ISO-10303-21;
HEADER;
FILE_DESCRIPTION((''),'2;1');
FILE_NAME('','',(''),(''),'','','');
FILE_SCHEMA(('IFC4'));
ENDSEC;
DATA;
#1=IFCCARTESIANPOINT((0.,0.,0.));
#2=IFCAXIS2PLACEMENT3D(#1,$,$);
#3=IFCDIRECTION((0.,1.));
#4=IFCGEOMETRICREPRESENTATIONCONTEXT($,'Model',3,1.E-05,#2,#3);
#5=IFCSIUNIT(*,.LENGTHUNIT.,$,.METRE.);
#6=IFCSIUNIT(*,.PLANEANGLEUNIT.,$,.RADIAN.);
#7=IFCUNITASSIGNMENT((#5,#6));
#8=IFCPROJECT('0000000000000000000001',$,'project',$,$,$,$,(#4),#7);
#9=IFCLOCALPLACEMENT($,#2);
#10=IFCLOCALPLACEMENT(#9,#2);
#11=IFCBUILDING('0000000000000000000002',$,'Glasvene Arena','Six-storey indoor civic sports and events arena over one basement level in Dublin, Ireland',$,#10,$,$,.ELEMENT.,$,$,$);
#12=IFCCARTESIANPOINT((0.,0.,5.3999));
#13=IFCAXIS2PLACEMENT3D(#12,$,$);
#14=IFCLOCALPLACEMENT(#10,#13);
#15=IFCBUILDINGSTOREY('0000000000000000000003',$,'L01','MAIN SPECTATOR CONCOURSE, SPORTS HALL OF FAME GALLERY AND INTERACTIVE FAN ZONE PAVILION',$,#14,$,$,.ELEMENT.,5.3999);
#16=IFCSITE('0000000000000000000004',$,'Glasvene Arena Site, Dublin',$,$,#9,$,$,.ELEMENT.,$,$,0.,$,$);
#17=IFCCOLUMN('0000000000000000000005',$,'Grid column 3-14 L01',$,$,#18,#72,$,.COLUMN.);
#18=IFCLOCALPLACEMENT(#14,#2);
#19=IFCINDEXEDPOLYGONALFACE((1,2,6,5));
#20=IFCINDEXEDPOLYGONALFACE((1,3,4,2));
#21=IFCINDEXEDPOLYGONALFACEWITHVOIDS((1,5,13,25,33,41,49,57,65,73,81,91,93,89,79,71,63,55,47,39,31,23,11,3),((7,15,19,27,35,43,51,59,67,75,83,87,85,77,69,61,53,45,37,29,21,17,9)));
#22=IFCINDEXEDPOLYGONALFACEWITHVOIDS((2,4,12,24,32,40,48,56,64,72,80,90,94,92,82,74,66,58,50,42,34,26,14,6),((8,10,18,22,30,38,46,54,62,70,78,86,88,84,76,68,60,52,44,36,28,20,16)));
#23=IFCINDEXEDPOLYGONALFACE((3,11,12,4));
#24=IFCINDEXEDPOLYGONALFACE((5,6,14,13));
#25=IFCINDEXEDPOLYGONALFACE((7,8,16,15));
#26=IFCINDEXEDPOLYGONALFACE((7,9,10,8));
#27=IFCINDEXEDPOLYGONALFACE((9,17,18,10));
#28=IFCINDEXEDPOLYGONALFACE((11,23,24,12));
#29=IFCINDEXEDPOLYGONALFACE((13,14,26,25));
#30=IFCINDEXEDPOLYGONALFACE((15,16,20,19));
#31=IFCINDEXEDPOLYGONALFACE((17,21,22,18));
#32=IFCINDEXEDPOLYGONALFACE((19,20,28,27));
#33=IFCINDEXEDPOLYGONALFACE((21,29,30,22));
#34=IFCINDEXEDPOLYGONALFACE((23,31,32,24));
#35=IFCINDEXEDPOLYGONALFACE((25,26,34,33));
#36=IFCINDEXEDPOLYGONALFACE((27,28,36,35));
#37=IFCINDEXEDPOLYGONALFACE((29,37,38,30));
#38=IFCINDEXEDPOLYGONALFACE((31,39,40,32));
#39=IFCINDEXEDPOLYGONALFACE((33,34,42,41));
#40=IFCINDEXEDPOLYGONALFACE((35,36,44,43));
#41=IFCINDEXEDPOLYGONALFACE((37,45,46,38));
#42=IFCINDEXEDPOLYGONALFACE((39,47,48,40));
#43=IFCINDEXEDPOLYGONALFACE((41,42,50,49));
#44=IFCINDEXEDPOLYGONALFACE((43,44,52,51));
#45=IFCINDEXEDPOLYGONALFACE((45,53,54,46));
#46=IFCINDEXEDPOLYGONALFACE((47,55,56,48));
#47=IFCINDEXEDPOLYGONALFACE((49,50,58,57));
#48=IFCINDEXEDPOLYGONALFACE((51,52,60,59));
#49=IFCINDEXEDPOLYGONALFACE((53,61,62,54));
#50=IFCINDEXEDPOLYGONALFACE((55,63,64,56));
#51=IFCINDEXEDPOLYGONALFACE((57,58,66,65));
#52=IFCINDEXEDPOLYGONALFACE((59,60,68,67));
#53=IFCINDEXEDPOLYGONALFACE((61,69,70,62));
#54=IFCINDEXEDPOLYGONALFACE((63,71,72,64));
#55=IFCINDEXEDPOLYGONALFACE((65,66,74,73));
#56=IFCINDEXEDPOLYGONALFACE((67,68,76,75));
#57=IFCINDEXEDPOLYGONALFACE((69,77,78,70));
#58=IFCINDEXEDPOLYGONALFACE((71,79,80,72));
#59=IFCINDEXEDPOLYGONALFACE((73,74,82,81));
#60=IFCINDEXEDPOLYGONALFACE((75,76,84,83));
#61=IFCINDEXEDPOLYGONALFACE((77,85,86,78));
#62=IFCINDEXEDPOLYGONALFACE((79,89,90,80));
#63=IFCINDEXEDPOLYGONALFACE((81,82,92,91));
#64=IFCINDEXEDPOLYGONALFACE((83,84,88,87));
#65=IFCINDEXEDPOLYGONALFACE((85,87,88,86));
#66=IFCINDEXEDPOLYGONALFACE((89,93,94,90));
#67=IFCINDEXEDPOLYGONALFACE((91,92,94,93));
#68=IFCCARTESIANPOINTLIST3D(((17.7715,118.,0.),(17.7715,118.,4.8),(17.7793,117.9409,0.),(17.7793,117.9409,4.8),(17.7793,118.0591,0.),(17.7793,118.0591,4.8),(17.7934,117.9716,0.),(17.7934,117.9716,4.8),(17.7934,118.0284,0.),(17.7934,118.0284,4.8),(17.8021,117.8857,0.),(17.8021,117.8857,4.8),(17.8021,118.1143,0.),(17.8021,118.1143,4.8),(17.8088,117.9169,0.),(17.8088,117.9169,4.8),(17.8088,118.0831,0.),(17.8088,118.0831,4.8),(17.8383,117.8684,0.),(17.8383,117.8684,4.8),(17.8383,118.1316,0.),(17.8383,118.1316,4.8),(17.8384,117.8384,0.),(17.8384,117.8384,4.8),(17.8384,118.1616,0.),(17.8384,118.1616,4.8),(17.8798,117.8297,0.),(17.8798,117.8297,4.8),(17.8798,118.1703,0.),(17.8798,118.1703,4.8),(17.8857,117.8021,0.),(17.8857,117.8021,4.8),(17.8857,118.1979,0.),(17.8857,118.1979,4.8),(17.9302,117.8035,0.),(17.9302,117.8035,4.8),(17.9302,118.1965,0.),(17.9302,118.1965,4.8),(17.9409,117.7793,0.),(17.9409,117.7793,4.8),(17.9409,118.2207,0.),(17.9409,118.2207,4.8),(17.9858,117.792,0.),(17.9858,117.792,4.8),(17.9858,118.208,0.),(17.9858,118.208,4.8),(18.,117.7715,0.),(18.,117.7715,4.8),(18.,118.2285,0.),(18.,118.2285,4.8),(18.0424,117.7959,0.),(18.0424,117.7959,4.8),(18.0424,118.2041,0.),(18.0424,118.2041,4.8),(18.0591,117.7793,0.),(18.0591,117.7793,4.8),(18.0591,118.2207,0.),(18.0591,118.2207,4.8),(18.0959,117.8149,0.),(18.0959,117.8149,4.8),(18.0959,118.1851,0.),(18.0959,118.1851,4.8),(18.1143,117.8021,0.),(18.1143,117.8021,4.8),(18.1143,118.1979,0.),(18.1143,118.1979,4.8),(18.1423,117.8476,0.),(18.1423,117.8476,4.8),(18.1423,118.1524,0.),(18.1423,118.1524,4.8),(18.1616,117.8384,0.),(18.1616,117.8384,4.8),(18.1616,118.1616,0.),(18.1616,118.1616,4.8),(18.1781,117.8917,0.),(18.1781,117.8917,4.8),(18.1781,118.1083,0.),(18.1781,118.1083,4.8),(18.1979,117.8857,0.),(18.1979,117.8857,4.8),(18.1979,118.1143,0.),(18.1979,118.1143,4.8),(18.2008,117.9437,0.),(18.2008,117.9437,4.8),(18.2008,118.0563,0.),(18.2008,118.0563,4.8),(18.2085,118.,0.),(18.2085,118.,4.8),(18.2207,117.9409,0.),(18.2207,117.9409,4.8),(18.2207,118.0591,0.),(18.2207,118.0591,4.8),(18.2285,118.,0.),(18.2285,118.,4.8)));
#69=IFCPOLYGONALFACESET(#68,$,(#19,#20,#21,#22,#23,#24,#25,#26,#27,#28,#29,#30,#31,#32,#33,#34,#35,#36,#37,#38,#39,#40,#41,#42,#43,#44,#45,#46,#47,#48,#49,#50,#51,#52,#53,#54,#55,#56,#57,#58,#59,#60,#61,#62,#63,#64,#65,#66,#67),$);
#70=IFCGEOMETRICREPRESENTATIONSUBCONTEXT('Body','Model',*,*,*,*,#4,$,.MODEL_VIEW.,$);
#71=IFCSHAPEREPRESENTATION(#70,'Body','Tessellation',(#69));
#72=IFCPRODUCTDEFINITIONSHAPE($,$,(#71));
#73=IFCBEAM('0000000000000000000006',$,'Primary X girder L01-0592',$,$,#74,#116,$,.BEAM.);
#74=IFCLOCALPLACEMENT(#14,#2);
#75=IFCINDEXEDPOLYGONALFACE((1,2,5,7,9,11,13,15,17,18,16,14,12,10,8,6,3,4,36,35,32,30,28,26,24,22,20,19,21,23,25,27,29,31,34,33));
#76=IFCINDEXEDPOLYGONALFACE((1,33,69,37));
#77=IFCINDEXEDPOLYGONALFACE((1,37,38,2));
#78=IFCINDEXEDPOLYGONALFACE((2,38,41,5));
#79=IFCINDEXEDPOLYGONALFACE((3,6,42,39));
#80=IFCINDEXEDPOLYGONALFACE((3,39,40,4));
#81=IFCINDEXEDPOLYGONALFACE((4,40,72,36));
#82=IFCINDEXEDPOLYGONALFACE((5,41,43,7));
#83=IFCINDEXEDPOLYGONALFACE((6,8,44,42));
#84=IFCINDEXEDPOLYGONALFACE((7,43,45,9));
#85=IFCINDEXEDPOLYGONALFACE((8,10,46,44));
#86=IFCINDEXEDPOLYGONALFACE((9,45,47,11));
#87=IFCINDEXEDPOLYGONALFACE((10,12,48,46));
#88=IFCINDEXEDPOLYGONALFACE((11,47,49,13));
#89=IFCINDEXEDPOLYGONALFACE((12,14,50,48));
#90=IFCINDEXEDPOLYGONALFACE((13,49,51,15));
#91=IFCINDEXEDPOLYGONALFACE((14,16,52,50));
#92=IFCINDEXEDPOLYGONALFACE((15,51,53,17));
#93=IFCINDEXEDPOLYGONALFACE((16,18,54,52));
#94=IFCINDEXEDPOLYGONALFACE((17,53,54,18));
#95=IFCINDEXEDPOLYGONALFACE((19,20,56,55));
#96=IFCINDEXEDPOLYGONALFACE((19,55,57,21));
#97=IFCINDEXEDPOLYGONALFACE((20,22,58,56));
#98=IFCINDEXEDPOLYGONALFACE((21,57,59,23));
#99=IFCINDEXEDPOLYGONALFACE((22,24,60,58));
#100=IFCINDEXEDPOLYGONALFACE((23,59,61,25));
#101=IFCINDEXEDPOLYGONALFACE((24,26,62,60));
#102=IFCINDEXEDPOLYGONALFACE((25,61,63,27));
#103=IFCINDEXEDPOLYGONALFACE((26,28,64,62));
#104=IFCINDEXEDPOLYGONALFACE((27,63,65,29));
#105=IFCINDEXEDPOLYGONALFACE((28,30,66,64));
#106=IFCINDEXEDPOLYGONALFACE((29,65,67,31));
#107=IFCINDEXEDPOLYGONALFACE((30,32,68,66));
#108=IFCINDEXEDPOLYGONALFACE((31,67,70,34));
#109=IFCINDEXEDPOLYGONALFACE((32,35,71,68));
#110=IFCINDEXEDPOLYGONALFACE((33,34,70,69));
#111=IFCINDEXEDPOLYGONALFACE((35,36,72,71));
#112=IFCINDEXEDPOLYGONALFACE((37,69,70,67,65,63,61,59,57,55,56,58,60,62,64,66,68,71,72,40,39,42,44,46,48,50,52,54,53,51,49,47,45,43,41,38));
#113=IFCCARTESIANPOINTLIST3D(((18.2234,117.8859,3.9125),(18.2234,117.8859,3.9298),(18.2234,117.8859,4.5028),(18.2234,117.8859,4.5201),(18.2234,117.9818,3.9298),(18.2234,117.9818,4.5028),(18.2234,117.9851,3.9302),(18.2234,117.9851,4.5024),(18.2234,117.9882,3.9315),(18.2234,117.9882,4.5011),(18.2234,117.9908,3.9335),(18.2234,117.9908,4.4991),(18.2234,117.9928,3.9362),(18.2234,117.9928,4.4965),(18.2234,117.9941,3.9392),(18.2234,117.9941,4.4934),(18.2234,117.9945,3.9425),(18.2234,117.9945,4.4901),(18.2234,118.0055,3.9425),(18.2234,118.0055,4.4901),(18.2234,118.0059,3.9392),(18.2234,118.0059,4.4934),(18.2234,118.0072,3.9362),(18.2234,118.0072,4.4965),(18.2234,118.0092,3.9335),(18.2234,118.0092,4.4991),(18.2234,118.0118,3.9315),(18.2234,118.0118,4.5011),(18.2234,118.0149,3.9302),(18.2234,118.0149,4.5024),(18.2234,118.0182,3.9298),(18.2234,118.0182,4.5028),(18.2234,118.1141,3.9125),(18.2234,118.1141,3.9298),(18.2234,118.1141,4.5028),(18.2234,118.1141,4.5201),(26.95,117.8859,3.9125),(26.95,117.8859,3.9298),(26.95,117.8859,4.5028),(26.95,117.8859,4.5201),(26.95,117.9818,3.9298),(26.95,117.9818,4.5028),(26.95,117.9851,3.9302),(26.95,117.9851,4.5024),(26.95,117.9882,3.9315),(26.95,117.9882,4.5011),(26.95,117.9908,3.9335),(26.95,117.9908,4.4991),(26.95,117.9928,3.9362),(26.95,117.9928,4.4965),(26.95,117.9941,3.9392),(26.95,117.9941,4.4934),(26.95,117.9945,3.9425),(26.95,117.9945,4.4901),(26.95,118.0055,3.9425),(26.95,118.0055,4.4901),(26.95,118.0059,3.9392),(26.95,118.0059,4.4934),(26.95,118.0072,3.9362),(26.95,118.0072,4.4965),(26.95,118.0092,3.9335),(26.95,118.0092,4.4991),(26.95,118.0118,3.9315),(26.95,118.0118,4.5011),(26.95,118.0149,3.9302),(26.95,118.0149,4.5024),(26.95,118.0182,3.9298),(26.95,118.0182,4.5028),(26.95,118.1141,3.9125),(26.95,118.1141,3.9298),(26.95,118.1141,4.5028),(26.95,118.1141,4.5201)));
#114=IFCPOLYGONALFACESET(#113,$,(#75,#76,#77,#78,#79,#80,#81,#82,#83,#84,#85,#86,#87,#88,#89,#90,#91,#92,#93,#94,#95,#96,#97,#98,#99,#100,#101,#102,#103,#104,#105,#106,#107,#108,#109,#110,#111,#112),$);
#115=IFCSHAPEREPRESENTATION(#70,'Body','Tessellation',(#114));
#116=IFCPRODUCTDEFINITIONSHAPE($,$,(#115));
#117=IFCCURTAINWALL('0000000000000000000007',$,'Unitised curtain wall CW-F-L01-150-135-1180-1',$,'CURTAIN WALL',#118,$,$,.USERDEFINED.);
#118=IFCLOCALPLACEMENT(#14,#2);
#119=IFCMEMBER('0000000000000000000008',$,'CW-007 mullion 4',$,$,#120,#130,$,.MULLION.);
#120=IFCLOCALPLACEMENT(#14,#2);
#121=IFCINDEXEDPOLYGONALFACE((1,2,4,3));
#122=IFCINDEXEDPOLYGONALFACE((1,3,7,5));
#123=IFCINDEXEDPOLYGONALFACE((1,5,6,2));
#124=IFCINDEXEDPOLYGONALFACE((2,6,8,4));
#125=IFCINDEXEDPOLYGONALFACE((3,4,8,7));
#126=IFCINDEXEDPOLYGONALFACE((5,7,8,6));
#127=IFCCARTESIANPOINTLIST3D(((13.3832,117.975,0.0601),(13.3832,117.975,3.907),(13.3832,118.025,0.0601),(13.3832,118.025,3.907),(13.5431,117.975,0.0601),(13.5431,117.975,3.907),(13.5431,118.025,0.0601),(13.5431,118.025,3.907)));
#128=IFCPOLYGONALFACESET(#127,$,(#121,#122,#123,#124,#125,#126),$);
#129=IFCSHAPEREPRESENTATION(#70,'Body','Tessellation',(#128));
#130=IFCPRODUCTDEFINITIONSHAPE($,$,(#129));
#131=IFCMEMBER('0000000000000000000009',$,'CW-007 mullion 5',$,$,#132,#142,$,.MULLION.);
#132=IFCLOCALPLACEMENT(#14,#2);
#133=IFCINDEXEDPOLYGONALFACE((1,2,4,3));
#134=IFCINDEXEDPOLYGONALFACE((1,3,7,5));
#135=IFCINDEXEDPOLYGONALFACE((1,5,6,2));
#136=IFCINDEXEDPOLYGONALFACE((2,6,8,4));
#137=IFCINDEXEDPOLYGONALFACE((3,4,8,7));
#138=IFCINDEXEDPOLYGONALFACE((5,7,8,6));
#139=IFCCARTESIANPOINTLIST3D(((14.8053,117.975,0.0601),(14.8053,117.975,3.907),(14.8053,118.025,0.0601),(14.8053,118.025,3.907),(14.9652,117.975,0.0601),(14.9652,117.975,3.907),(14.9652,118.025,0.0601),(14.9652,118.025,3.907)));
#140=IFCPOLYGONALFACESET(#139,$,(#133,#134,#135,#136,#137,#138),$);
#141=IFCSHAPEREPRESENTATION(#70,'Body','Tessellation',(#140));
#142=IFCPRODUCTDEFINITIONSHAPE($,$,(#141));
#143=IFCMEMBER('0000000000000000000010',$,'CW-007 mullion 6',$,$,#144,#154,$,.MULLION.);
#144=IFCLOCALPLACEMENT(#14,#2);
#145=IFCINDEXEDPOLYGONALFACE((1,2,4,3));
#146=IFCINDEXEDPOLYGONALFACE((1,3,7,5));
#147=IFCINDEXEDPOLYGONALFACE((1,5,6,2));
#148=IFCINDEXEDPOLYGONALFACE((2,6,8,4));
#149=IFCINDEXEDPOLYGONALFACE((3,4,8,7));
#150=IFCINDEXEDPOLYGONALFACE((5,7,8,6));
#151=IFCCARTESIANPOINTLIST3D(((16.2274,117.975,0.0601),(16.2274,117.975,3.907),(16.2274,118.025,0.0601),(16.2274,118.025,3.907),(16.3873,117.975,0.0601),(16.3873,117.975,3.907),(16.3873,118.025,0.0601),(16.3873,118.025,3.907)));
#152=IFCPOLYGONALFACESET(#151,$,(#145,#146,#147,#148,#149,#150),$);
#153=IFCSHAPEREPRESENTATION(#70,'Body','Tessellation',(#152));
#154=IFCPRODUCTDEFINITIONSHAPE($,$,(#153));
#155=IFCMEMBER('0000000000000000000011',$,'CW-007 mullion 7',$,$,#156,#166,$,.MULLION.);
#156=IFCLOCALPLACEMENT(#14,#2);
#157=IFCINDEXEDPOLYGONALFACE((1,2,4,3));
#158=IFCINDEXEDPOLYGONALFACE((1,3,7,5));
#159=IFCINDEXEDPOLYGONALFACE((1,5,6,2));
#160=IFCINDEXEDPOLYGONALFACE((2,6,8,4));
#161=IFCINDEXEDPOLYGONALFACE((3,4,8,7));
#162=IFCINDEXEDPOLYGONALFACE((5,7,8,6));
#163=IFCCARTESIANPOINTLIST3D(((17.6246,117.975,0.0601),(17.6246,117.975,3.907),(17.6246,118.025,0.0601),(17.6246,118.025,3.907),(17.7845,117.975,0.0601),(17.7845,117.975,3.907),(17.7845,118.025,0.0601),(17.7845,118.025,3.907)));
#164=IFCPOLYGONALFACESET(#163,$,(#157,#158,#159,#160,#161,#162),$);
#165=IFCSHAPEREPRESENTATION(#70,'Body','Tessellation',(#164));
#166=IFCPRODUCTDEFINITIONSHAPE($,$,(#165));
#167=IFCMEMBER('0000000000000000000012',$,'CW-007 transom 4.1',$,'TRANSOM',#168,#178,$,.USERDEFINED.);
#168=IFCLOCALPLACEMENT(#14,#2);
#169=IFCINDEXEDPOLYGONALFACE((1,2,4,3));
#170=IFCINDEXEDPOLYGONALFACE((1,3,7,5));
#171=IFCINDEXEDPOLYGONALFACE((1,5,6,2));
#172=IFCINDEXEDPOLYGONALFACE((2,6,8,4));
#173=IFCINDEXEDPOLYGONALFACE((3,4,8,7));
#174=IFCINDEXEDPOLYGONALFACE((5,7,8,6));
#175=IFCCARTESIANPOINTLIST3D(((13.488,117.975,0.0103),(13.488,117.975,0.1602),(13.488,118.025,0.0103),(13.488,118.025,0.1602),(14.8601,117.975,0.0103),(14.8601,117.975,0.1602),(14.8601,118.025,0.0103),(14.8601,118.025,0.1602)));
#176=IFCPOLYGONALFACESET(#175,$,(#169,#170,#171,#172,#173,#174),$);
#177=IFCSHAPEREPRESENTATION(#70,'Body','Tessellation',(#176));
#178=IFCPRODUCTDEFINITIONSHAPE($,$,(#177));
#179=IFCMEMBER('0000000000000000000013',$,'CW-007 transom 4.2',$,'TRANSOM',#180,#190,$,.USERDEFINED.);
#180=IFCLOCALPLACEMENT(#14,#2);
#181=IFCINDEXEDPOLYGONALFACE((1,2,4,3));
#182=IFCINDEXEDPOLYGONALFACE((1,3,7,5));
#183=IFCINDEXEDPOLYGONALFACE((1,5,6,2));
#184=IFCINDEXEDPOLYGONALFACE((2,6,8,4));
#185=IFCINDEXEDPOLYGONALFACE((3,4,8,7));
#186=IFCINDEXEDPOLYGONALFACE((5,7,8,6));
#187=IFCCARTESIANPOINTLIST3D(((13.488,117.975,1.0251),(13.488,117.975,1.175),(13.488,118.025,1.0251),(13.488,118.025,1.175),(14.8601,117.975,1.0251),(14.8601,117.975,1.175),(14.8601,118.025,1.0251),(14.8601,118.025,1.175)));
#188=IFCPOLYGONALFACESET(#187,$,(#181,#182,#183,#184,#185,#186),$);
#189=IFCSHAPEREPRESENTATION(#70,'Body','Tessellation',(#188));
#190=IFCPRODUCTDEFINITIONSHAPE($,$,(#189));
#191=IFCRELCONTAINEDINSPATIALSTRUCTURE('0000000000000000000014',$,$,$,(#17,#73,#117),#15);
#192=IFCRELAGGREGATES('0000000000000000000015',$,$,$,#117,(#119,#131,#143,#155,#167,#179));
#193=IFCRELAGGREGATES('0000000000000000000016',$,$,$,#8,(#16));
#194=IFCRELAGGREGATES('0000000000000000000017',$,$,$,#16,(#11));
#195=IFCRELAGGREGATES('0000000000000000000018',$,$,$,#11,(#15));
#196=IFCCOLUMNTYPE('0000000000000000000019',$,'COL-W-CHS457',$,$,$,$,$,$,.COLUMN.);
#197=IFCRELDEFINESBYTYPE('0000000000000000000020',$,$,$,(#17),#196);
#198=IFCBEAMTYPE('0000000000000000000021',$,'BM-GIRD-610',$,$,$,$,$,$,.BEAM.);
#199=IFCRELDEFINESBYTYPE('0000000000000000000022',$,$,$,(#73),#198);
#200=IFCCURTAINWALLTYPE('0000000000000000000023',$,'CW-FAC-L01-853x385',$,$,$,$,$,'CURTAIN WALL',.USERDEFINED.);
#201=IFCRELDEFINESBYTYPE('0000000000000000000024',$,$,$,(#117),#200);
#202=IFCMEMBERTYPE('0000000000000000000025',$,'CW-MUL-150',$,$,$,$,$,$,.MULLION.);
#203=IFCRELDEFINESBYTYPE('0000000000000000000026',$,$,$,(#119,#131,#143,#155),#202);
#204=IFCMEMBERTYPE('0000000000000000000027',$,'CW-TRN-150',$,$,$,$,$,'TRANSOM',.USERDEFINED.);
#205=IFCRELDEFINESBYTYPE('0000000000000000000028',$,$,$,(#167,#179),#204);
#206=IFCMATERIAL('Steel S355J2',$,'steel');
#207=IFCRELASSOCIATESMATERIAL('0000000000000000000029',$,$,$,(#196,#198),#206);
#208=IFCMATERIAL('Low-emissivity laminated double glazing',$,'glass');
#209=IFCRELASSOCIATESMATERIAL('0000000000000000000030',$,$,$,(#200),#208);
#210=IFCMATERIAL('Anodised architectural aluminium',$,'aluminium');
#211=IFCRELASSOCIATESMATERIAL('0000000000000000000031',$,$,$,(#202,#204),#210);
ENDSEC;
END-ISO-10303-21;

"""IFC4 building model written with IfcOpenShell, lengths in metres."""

from ifc_helpers import new_model, si_unit, direction, frame, origin, origin_2d, place, context, subcontext, project, spatial, rectangle, hollow_circle, i_section, extrude, material, material_profile, profile_set, type_object, element, aggregate, save


model = new_model("IFC4")

# Units and contexts
model_context = context("Model", 3, precision=1e-05, world=origin(), true_north=direction((0.0, 1.0)))
body_context = subcontext(model_context, "Body", "Model", "MODEL_VIEW")
ifc_project = project(units=[si_unit("LENGTHUNIT", "METRE"), si_unit("PLANEANGLEUNIT", "RADIAN")], contexts=[model_context])

# Site, building, storey
site_placement = place(None, origin())
site = spatial("IfcSite", under=ifc_project, at=site_placement, Name="Glasvene Arena Site, Dublin", CompositionType="ELEMENT", RefElevation=0.0)
building_placement = place(site_placement, origin())
building = spatial("IfcBuilding", under=site, at=building_placement, Name="Glasvene Arena", Description="Six-storey indoor civic sports and events arena over one basement level in Dublin, Ireland", CompositionType="ELEMENT")
storey_placement = place(building_placement, frame((0.0, 0.0, 5.3999)))
storey = spatial("IfcBuildingStorey", under=building, at=storey_placement, Name="L01", Description="MAIN SPECTATOR CONCOURSE, SPORTS HALL OF FAME GALLERY AND INTERACTIVE FAN ZONE PAVILION", CompositionType="ELEMENT", Elevation=5.3999)

# Column
ifc_material_1 = material(Name="Steel S355J2", Category="steel")
ifc_material_profile_1 = material_profile(ifc_material_1, hollow_circle(Radius=0.2285, WallThickness=0.02, at=origin_2d()), Name="CHS 457.0x20.0")
ifc_profile_set_1 = profile_set([ifc_material_profile_1], Name="Steel S355J2")
column_type = type_object("IfcColumnType", Name="COL-W-CHS457", PredefinedType="COLUMN", material=ifc_profile_set_1)
column_placement = place(storey_placement, frame((18.0, 118.0, 0.0), z_axis=(0.0, 0.0, 1.0), x_axis=(1.0, 0.0, 0.0)))
element("IfcColumn", 1, at=column_placement, inside=storey, type_object=column_type, Name="Grid column 3-14 L01", PredefinedType="COLUMN", context=body_context, shape_type="SweptSolid", body=[
    extrude(hollow_circle(Radius=0.2285, WallThickness=0.02, at=origin_2d()), origin(), (0.0, 0.0, 1.0), 4.8),
])

# Beam
ifc_material_profile_2 = material_profile(ifc_material_1, i_section(OverallWidth=0.2283, OverallDepth=0.6077, WebThickness=0.011, FlangeThickness=0.0173, FilletRadius=0.0127, at=origin_2d()), Name="UKB 610x229x113")
ifc_profile_set_2 = profile_set([ifc_material_profile_2], Name="Steel S355J2")
beam_type = type_object("IfcBeamType", Name="BM-GIRD-610", PredefinedType="BEAM", material=ifc_profile_set_2)
beam_placement = place(storey_placement, frame((18.2234, 118.0, 4.2163), z_axis=(1.0, 0.0, 0.0), x_axis=(0.0, 1.0, 0.0)))
element("IfcBeam", 2, at=beam_placement, inside=storey, type_object=beam_type, Name="Primary X girder L01-0592", PredefinedType="BEAM", context=body_context, shape_type="SweptSolid", body=[
    extrude(i_section(OverallWidth=0.2283, OverallDepth=0.6077, WebThickness=0.011, FlangeThickness=0.0173, FilletRadius=0.0127, at=origin_2d()), origin(), (0.0, 0.0, 1.0), 8.7266),
])

# Curtain wall, members
ifc_material_2 = material(Name="Low-emissivity laminated double glazing", Category="glass")
curtain_wall_type = type_object("IfcCurtainWallType", Name="CW-FAC-L01-853x385", ElementType="CURTAIN WALL", PredefinedType="USERDEFINED", material=ifc_material_2)
curtain_wall_placement = place(storey_placement, frame((9.1965, 118.0, 0.0)))
curtain_wall = element("IfcCurtainWall", 3, at=curtain_wall_placement, inside=storey, type_object=curtain_wall_type, Name="Unitised curtain wall CW-F-L01-150-135-1180-1", ObjectType="CURTAIN WALL", PredefinedType="USERDEFINED")
ifc_material_3 = material(Name="Anodised architectural aluminium", Category="aluminium")
ifc_material_profile_3 = material_profile(ifc_material_3, rectangle(XDim=0.05, YDim=0.1599, at=origin_2d()), Name="ALU MULLION 50x160")
ifc_profile_set_3 = profile_set([ifc_material_profile_3], Name="Anodised architectural aluminium")
member_type_1 = type_object("IfcMemberType", Name="CW-MUL-150", PredefinedType="MULLION", material=ifc_profile_set_3)
member_1_placement = place(storey_placement, frame((13.4631, 118.0, 0.0601), z_axis=(0.0, 0.0, 1.0), x_axis=(0.0, 1.0, 0.0)))
member_1 = element("IfcMember", 4, at=member_1_placement, type_object=member_type_1, Name="CW-007 mullion 4", PredefinedType="MULLION", context=body_context, shape_type="SweptSolid", body=[
    extrude(rectangle(XDim=0.05, YDim=0.1599, at=origin_2d()), origin(), (0.0, 0.0, 1.0), 3.8469),
])
member_2_placement = place(storey_placement, frame((14.8853, 118.0, 0.0601), z_axis=(0.0, 0.0, 1.0), x_axis=(0.0, 1.0, 0.0)))
member_2 = element("IfcMember", 5, at=member_2_placement, type_object=member_type_1, Name="CW-007 mullion 5", PredefinedType="MULLION", context=body_context, shape_type="SweptSolid", body=[
    extrude(rectangle(XDim=0.05, YDim=0.1599, at=origin_2d()), origin(), (0.0, 0.0, 1.0), 3.8469),
])
member_3_placement = place(storey_placement, frame((16.3074, 118.0, 0.0601), z_axis=(0.0, 0.0, 1.0), x_axis=(0.0, 1.0, 0.0)))
member_3 = element("IfcMember", 6, at=member_3_placement, type_object=member_type_1, Name="CW-007 mullion 6", PredefinedType="MULLION", context=body_context, shape_type="SweptSolid", body=[
    extrude(rectangle(XDim=0.05, YDim=0.1599, at=origin_2d()), origin(), (0.0, 0.0, 1.0), 3.8469),
])
member_4_placement = place(storey_placement, frame((17.7046, 118.0, 0.0601), z_axis=(0.0, 0.0, 1.0), x_axis=(0.0, 1.0, 0.0)))
member_4 = element("IfcMember", 7, at=member_4_placement, type_object=member_type_1, Name="CW-007 mullion 7", PredefinedType="MULLION", context=body_context, shape_type="SweptSolid", body=[
    extrude(rectangle(XDim=0.05, YDim=0.1599, at=origin_2d()), origin(), (0.0, 0.0, 1.0), 3.8469),
])
ifc_material_profile_4 = material_profile(ifc_material_3, rectangle(XDim=0.05, YDim=0.1499, at=origin_2d()), Name="ALU TRANSOM 50x150")
ifc_profile_set_4 = profile_set([ifc_material_profile_4], Name="Anodised architectural aluminium")
member_type_2 = type_object("IfcMemberType", Name="CW-TRN-150", ElementType="TRANSOM", PredefinedType="USERDEFINED", material=ifc_profile_set_4)
member_5_placement = place(storey_placement, frame((13.488, 118.0, 0.0852), z_axis=(1.0, 0.0, 0.0), x_axis=(0.0, 1.0, 0.0)))
member_5 = element("IfcMember", 8, at=member_5_placement, type_object=member_type_2, Name="CW-007 transom 4.1", ObjectType="TRANSOM", PredefinedType="USERDEFINED", context=body_context, shape_type="SweptSolid", body=[
    extrude(rectangle(XDim=0.05, YDim=0.1499, at=origin_2d()), origin(), (0.0, 0.0, 1.0), 1.3721),
])
member_6_placement = place(storey_placement, frame((13.488, 118.0, 1.1001), z_axis=(1.0, 0.0, 0.0), x_axis=(0.0, 1.0, 0.0)))
member_6 = element("IfcMember", 9, at=member_6_placement, type_object=member_type_2, Name="CW-007 transom 4.2", ObjectType="TRANSOM", PredefinedType="USERDEFINED", context=body_context, shape_type="SweptSolid", body=[
    extrude(rectangle(XDim=0.05, YDim=0.1499, at=origin_2d()), origin(), (0.0, 0.0, 1.0), 1.3721),
])
aggregate(curtain_wall, [member_1, member_2, member_3, member_4, member_5, member_6])

save(model, "model.ifc")
